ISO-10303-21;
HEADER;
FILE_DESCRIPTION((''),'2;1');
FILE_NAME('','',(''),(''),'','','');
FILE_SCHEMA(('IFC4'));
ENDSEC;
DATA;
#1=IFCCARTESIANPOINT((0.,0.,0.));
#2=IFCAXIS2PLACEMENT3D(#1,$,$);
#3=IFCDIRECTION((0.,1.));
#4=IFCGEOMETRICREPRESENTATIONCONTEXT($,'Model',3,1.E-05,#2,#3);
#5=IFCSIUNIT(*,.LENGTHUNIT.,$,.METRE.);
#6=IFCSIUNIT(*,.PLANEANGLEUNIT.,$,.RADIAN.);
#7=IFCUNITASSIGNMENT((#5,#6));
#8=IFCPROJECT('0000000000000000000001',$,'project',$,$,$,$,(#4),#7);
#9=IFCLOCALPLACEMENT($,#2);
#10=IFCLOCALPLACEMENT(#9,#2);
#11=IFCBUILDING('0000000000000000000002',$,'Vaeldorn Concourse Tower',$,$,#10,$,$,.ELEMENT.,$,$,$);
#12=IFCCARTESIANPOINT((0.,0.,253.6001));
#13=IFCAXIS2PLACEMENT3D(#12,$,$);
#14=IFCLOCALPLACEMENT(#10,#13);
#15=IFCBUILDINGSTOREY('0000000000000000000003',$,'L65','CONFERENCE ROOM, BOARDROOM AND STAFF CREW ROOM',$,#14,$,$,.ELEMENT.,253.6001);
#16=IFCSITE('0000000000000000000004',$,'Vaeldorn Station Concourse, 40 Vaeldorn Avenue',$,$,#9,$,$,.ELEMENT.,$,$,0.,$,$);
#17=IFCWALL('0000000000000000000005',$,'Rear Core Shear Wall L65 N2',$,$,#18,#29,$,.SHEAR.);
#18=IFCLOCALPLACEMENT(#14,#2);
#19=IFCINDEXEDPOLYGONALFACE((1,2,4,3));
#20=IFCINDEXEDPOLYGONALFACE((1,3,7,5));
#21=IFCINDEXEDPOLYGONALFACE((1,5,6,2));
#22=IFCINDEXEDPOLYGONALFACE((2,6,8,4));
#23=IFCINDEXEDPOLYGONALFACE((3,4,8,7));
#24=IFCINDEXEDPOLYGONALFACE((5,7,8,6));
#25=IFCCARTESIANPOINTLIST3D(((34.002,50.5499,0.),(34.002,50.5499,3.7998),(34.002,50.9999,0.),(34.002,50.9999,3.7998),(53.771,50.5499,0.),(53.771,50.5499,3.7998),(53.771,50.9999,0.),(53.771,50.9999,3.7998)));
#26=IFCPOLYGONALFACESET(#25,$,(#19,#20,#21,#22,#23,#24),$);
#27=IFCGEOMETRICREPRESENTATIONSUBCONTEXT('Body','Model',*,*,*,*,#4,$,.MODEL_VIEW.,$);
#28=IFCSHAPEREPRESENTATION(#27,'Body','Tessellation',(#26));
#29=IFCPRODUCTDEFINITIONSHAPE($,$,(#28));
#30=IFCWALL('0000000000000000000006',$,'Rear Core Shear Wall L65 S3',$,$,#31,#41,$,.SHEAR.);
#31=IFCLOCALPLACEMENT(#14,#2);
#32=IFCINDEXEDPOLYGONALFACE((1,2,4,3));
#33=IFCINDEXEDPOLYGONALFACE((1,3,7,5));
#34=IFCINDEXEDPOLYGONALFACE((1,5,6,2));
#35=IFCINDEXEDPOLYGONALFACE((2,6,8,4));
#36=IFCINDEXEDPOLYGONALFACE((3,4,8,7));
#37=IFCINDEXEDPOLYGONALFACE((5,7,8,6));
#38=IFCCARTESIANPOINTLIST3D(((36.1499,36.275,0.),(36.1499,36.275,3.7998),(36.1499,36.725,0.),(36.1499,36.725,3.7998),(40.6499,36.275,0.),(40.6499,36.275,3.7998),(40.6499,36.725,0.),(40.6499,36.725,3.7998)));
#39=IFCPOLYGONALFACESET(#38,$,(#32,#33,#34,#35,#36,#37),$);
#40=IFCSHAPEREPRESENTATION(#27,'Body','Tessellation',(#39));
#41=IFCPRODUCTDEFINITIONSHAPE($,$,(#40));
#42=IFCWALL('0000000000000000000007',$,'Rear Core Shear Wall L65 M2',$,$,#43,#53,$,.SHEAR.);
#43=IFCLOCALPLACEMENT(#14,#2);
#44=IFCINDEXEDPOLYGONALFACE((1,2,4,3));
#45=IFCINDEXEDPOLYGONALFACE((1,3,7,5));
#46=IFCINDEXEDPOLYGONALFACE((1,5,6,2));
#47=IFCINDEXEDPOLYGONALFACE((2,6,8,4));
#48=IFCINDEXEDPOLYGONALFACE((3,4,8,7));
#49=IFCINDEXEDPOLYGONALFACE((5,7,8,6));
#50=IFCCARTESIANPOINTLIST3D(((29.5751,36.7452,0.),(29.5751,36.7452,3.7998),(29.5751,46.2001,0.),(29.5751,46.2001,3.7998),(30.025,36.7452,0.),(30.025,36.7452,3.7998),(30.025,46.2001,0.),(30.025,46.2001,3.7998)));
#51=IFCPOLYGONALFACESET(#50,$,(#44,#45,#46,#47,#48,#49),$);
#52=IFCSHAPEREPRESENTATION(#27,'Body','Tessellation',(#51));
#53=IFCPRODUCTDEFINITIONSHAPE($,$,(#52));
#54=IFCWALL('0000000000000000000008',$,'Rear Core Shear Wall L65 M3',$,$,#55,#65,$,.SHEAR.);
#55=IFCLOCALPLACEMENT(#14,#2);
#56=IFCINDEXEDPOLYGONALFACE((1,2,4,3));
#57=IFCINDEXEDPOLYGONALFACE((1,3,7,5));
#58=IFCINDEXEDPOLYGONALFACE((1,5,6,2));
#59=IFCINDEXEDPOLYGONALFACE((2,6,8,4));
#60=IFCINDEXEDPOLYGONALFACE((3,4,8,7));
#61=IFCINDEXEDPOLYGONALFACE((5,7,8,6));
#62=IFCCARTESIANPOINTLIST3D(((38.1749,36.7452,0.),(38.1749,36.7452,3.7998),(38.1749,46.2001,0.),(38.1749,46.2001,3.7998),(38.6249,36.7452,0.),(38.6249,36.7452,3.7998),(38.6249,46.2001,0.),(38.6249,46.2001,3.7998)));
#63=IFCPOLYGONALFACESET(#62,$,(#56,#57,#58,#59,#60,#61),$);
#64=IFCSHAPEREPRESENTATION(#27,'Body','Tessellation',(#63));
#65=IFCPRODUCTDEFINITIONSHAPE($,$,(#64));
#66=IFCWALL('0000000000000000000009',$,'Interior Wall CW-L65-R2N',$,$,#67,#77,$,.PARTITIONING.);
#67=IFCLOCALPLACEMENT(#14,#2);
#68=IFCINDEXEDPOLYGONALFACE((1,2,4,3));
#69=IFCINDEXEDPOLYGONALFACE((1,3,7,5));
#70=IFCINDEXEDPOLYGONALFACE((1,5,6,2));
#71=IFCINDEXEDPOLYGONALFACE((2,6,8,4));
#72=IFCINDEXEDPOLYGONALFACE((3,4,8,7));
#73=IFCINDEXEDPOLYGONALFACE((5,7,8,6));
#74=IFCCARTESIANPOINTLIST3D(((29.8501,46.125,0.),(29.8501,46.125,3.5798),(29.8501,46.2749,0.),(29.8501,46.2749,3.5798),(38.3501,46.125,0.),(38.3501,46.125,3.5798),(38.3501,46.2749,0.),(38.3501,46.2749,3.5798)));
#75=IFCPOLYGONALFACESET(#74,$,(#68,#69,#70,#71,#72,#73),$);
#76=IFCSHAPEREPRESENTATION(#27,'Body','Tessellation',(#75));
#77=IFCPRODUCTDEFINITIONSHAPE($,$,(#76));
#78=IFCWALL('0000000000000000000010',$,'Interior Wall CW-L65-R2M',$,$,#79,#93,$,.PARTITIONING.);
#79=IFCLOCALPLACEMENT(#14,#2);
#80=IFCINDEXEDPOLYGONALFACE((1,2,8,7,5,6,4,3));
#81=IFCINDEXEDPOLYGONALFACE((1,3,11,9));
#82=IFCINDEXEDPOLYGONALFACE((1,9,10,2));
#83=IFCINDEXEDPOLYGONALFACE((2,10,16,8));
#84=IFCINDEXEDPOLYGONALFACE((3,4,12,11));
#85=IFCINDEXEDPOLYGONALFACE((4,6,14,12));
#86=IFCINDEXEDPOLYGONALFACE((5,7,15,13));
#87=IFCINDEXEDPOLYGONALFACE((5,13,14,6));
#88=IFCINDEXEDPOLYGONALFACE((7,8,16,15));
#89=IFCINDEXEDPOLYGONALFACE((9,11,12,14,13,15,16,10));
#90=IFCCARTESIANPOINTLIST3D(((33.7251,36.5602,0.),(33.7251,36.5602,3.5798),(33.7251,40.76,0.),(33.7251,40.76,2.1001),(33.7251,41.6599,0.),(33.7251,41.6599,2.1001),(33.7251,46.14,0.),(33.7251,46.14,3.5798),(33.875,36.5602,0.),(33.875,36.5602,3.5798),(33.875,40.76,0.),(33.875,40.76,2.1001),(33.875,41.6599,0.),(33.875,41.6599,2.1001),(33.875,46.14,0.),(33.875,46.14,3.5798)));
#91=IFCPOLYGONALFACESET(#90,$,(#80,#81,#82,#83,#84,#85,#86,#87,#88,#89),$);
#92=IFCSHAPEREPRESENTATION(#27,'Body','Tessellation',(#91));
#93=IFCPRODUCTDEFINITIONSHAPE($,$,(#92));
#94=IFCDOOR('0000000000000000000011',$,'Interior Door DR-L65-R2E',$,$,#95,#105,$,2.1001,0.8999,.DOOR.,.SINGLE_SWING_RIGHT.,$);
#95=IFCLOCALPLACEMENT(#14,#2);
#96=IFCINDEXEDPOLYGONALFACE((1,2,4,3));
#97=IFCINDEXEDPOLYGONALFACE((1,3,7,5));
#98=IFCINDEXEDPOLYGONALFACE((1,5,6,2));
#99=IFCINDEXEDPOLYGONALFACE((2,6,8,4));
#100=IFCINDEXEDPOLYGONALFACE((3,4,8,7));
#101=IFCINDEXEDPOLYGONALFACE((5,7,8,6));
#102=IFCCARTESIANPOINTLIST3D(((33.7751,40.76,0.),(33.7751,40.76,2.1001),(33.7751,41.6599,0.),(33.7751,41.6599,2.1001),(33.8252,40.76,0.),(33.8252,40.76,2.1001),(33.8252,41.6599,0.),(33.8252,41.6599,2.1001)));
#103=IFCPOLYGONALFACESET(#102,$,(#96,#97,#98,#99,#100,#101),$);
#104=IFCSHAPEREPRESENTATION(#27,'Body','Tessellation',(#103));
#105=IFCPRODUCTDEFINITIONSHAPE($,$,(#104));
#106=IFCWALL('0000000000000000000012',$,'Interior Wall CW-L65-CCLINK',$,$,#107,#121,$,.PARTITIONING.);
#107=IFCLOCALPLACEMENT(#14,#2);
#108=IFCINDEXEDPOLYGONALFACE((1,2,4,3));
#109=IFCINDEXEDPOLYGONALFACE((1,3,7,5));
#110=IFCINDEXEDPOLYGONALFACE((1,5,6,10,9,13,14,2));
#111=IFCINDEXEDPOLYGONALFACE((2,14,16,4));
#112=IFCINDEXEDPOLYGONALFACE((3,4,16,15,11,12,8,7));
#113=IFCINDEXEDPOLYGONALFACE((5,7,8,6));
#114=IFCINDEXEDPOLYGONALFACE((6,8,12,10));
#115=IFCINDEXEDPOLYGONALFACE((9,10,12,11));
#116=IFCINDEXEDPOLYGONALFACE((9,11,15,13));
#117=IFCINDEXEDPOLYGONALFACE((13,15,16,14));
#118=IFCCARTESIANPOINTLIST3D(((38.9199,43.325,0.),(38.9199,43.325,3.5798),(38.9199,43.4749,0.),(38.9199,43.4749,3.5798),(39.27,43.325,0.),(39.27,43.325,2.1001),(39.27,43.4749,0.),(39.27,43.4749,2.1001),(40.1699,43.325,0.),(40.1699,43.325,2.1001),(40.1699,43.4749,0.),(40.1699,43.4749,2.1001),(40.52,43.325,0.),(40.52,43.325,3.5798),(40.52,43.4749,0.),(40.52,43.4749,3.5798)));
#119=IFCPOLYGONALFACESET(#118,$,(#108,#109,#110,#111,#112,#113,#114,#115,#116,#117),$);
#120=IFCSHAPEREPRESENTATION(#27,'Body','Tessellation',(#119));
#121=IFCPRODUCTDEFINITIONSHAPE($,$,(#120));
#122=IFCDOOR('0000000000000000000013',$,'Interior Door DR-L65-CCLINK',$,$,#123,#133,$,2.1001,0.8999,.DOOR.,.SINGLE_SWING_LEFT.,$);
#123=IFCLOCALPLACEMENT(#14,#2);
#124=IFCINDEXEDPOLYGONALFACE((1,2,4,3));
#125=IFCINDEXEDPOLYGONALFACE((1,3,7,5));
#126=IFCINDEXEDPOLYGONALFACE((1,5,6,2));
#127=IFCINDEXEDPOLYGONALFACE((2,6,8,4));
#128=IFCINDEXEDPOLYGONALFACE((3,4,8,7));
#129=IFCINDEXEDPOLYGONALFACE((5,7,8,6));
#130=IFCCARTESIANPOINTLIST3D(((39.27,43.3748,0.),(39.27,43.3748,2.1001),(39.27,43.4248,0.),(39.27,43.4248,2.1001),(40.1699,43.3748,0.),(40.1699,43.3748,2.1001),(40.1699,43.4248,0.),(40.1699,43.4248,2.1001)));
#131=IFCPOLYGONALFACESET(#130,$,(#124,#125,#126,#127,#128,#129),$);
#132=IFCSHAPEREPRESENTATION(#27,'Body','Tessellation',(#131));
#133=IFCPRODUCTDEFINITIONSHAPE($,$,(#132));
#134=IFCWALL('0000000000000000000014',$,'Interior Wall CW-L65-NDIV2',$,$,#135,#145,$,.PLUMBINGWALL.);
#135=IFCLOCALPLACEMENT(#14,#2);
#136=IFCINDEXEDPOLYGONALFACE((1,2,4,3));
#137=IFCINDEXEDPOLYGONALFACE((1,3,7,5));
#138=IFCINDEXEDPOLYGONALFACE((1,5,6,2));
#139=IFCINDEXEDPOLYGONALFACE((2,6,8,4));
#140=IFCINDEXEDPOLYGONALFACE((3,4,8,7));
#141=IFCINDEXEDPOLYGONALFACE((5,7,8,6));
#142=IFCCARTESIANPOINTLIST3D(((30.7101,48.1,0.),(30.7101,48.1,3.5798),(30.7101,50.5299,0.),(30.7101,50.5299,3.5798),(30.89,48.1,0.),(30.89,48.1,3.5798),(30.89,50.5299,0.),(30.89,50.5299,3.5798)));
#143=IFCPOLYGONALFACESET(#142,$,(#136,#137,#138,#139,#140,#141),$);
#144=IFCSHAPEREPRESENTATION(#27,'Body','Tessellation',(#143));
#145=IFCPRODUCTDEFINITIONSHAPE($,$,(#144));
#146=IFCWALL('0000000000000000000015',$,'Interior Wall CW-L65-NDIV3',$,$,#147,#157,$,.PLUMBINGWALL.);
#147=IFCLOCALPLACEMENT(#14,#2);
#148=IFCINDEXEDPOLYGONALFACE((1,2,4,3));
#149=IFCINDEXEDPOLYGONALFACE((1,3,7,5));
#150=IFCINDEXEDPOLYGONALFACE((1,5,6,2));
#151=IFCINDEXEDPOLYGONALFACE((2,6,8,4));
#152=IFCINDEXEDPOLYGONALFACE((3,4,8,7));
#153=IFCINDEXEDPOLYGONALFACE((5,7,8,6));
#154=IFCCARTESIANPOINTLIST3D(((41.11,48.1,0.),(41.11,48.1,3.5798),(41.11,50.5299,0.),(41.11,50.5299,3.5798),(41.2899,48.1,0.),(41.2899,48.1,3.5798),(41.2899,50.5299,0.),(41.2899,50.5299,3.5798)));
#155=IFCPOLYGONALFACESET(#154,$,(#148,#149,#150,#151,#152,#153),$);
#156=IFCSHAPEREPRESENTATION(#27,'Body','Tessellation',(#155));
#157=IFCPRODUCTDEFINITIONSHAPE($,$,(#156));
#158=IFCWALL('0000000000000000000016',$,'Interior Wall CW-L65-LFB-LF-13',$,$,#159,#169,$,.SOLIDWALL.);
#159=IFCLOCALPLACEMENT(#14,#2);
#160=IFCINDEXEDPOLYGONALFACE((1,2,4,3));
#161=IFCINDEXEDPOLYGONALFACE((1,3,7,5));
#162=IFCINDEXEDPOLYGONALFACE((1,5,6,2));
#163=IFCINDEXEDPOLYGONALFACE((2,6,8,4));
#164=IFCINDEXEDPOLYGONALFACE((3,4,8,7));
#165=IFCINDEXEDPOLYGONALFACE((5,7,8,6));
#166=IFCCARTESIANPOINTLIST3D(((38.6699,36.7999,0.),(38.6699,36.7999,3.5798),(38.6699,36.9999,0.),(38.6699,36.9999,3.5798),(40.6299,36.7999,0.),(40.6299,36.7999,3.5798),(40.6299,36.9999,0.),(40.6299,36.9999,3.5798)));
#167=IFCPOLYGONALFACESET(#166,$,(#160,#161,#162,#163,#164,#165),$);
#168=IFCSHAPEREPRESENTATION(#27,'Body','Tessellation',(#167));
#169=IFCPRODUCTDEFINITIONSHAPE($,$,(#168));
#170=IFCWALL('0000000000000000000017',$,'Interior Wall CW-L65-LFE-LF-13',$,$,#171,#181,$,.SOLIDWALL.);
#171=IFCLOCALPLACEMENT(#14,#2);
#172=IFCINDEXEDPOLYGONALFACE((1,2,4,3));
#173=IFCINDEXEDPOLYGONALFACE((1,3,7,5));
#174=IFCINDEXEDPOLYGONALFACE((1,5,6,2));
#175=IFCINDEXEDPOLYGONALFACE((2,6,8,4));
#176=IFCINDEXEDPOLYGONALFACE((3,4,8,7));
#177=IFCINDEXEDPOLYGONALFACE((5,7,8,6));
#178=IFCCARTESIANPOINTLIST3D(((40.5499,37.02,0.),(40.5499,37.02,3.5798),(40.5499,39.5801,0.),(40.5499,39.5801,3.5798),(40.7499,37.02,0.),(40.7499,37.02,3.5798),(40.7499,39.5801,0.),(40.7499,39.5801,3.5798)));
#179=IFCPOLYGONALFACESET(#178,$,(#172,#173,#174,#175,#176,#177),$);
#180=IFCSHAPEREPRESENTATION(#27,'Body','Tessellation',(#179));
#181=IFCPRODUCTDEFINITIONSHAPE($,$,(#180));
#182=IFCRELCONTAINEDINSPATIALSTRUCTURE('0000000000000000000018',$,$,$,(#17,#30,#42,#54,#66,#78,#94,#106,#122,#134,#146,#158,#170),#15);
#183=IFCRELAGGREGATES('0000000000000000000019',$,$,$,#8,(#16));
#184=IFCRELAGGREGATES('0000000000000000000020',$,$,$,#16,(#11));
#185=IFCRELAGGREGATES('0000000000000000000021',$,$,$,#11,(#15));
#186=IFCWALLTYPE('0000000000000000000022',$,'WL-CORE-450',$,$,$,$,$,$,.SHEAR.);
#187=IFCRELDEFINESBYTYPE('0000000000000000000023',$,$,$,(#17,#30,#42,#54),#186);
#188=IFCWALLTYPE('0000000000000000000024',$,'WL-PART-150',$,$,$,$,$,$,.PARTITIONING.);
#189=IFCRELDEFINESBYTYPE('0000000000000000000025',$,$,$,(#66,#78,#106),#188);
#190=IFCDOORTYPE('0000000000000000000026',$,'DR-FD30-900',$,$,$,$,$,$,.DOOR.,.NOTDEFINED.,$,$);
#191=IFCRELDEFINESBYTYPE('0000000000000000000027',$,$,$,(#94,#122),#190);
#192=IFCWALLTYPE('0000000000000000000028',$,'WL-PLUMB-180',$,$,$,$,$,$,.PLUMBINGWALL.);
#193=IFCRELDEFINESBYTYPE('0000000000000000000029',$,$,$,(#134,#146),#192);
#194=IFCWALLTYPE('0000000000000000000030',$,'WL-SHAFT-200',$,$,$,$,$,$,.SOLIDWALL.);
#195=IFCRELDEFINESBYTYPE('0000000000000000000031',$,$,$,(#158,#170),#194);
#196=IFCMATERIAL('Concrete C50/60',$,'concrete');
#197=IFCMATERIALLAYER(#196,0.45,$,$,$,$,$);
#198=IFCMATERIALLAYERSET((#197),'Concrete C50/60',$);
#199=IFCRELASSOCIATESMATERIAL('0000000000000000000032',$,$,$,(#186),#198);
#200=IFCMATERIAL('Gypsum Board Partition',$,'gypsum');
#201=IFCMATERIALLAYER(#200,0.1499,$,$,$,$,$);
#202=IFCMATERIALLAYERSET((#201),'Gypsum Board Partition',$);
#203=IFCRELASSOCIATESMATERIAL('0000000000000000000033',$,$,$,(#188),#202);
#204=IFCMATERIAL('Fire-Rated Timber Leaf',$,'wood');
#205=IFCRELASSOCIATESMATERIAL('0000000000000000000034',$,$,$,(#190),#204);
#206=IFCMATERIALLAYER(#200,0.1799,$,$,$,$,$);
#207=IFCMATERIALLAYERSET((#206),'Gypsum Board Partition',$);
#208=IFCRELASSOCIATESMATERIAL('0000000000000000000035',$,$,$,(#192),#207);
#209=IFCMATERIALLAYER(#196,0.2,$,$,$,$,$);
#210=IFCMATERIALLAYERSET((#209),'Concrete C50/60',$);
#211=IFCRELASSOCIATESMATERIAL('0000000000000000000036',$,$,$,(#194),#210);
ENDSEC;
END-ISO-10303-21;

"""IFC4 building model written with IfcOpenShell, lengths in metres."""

from ifc_helpers import new_model, si_unit, direction, frame, frame_2d, origin, place, context, subcontext, project, spatial, rectangle, extrude, source, transform, mapped, material, layer, layer_set, type_object, element, fill, save


model = new_model("IFC4")

# Units and contexts
model_context = context("Model", 3, precision=1e-05, world=origin(), true_north=direction((0.0, 1.0)))
body_context = subcontext(model_context, "Body", "Model", "MODEL_VIEW")
ifc_project = project(units=[si_unit("LENGTHUNIT", "METRE"), si_unit("PLANEANGLEUNIT", "RADIAN")], contexts=[model_context])

# Site, building, storey
site_placement = place(None, origin())
site = spatial("IfcSite", under=ifc_project, at=site_placement, Name="Vaeldorn Station Concourse, 40 Vaeldorn Avenue", CompositionType="ELEMENT", RefElevation=0.0)
building_placement = place(site_placement, origin())
building = spatial("IfcBuilding", under=site, at=building_placement, Name="Vaeldorn Concourse Tower", CompositionType="ELEMENT")
storey_placement = place(building_placement, frame((0.0, 0.0, 253.6001)))
storey = spatial("IfcBuildingStorey", under=building, at=storey_placement, Name="L65", Description="CONFERENCE ROOM, BOARDROOM AND STAFF CREW ROOM", CompositionType="ELEMENT", Elevation=253.6001)

# Walls
ifc_material_1 = material(Name="Concrete C50/60", Category="concrete")
ifc_layer_1 = layer(ifc_material_1, 0.45)
ifc_layer_set_1 = layer_set([ifc_layer_1], Name="Concrete C50/60")
wall_type_1 = type_object("IfcWallType", Name="WL-CORE-450", PredefinedType="SHEAR", material=ifc_layer_set_1)
wall_1_placement = place(storey_placement, frame((34.002, 50.7749, 0.0), z_axis=(0.0, 0.0, 1.0), x_axis=(1.0, 0.0, 0.0)))
element("IfcWall", 1, at=wall_1_placement, inside=storey, type_object=wall_type_1, Name="Rear Core Shear Wall L65 N2", PredefinedType="SHEAR", context=body_context, shape_type="SweptSolid", body=[
    extrude(rectangle(XDim=19.769, YDim=0.45, at=frame_2d((9.8845, 0.0))), origin(), (0.0, 0.0, 1.0), 3.7998),
])
wall_2_placement = place(storey_placement, frame((36.1499, 36.5, 0.0), z_axis=(0.0, 0.0, 1.0), x_axis=(1.0, 0.0, 0.0)))
element("IfcWall", 2, at=wall_2_placement, inside=storey, type_object=wall_type_1, Name="Rear Core Shear Wall L65 S3", PredefinedType="SHEAR", context=body_context, shape_type="SweptSolid", body=[
    extrude(rectangle(XDim=4.5, YDim=0.45, at=frame_2d((2.25, 0.0))), origin(), (0.0, 0.0, 1.0), 3.7998),
])
for number, where, z_axis, x_axis, name in (
    (3, (29.8, 36.7451, 0.0), (0.0, 0.0, 1.0), (0.0, 1.0, 0.0), "Rear Core Shear Wall L65 M2"),
    (4, (38.3999, 36.7451, 0.0), (0.0, 0.0, 1.0), (0.0, 1.0, 0.0), "Rear Core Shear Wall L65 M3"),
):
    element("IfcWall", number, at=place(storey_placement, frame(where, z_axis=z_axis, x_axis=x_axis)), inside=storey, type_object=wall_type_1, Name=name, PredefinedType="SHEAR", context=body_context, shape_type="SweptSolid", body=[
        extrude(rectangle(XDim=9.4548, YDim=0.45, at=frame_2d((4.7275, 0.0))), origin(), (0.0, 0.0, 1.0), 3.7998),
    ])
ifc_material_2 = material(Name="Gypsum Board Partition", Category="gypsum")
ifc_layer_2 = layer(ifc_material_2, 0.1499)
ifc_layer_set_2 = layer_set([ifc_layer_2], Name="Gypsum Board Partition")
wall_type_2 = type_object("IfcWallType", Name="WL-PART-150", PredefinedType="PARTITIONING", material=ifc_layer_set_2)
wall_3_placement = place(storey_placement, frame((29.8501, 46.2, 0.0), z_axis=(0.0, 0.0, 1.0), x_axis=(1.0, 0.0, 0.0)))
element("IfcWall", 5, at=wall_3_placement, inside=storey, type_object=wall_type_2, Name="Interior Wall CW-L65-R2N", PredefinedType="PARTITIONING", context=body_context, shape_type="SweptSolid", body=[
    extrude(rectangle(XDim=8.5, YDim=0.1499, at=frame_2d((4.25, 0.0))), origin(), (0.0, 0.0, 1.0), 3.5798),
])

# Walls, openings, doors
wall_4_placement = place(storey_placement, frame((33.8, 36.5601, 0.0), z_axis=(0.0, 0.0, 1.0), x_axis=(0.0, 1.0, 0.0)))
wall_4 = element("IfcWall", 6, at=wall_4_placement, inside=storey, type_object=wall_type_2, Name="Interior Wall CW-L65-R2M", PredefinedType="PARTITIONING", context=body_context, shape_type="SweptSolid", body=[
    extrude(rectangle(XDim=9.5798, YDim=0.1499, at=frame_2d((4.79, 0.0))), origin(), (0.0, 0.0, 1.0), 3.5798),
])
opening_1_placement = place(wall_4_placement, frame((4.2, 0.0, 0.0)))
opening_1 = element("IfcOpeningElement", 7, at=opening_1_placement, cuts=wall_4, PredefinedType="OPENING", context=body_context, shape_type="SweptSolid", body=[
    extrude(rectangle(XDim=0.8999, YDim=2.1001, at=frame_2d((0.45, 1.05))), frame((0.0, 0.085, 0.0), z_axis=(0.0, -1.0, 0.0), x_axis=(1.0, 0.0, 0.0)), (0.0, 0.0, 1.0), 0.1699),
])
ifc_material_3 = material(Name="Fire-Rated Timber Leaf", Category="wood")
door_type_1 = type_object("IfcDoorType", Name="DR-FD30-900", OperationType="NOTDEFINED", PredefinedType="DOOR", material=ifc_material_3)
shared_shape_1 = source(origin(), body_context, "Body", "SweptSolid", [
    extrude(rectangle(XDim=0.8999, YDim=2.1001, at=frame_2d((0.45, 1.05))), frame((0.0, 0.0249, 0.0), z_axis=(0.0, -1.0, 0.0), x_axis=(1.0, 0.0, 0.0)), (0.0, 0.0, 1.0), 0.05),
])
door_1_placement = place(opening_1_placement, origin())
door_1 = element("IfcDoor", 8, at=door_1_placement, inside=storey, type_object=door_type_1, Name="Interior Door DR-L65-R2E", OperationType="SINGLE_SWING_RIGHT", OverallHeight=2.1001, OverallWidth=0.8999, PredefinedType="DOOR", context=body_context, shape_type="MappedRepresentation", body=[
    mapped(shared_shape_1, transform((0.0, 0.0, 0.0), scale=1.0)),
])
fill(opening_1, door_1)
wall_5_placement = place(storey_placement, frame((38.9199, 43.3999, 0.0), z_axis=(0.0, 0.0, 1.0), x_axis=(1.0, 0.0, 0.0)))
wall_5 = element("IfcWall", 9, at=wall_5_placement, inside=storey, type_object=wall_type_2, Name="Interior Wall CW-L65-CCLINK", PredefinedType="PARTITIONING", context=body_context, shape_type="SweptSolid", body=[
    extrude(rectangle(XDim=1.6001, YDim=0.1499, at=frame_2d((0.8, 0.0))), origin(), (0.0, 0.0, 1.0), 3.5798),
])
opening_2_placement = place(wall_5_placement, frame((0.3501, 0.0, 0.0)))
opening_2 = element("IfcOpeningElement", 10, at=opening_2_placement, cuts=wall_5, PredefinedType="OPENING", context=body_context, shape_type="SweptSolid", body=[
    extrude(rectangle(XDim=0.8999, YDim=2.1001, at=frame_2d((0.45, 1.05))), frame((0.0, 0.085, 0.0), z_axis=(0.0, -1.0, 0.0), x_axis=(1.0, 0.0, 0.0)), (0.0, 0.0, 1.0), 0.1699),
])
door_2_placement = place(opening_2_placement, origin())
door_2 = element("IfcDoor", 11, at=door_2_placement, inside=storey, type_object=door_type_1, Name="Interior Door DR-L65-CCLINK", OperationType="SINGLE_SWING_LEFT", OverallHeight=2.1001, OverallWidth=0.8999, PredefinedType="DOOR", context=body_context, shape_type="MappedRepresentation", body=[
    mapped(shared_shape_1, transform((0.0, 0.0, 0.0), scale=1.0)),
])
fill(opening_2, door_2)

# Walls
ifc_layer_3 = layer(ifc_material_2, 0.1799)
ifc_layer_set_3 = layer_set([ifc_layer_3], Name="Gypsum Board Partition")
wall_type_3 = type_object("IfcWallType", Name="WL-PLUMB-180", PredefinedType="PLUMBINGWALL", material=ifc_layer_set_3)
for number, where, z_axis, x_axis, name in (
    (12, (30.8, 48.1001, 0.0), (0.0, 0.0, 1.0), (0.0, 1.0, 0.0), "Interior Wall CW-L65-NDIV2"),
    (13, (41.2, 48.1001, 0.0), (0.0, 0.0, 1.0), (0.0, 1.0, 0.0), "Interior Wall CW-L65-NDIV3"),
):
    element("IfcWall", number, at=place(storey_placement, frame(where, z_axis=z_axis, x_axis=x_axis)), inside=storey, type_object=wall_type_3, Name=name, PredefinedType="PLUMBINGWALL", context=body_context, shape_type="SweptSolid", body=[
        extrude(rectangle(XDim=2.4299, YDim=0.1799, at=frame_2d((1.2148, 0.0))), origin(), (0.0, 0.0, 1.0), 3.5798),
    ])

# Shared definitions
ifc_layer_4 = layer(ifc_material_1, 0.2)
ifc_layer_set_4 = layer_set([ifc_layer_4], Name="Concrete C50/60")
wall_type_4 = type_object("IfcWallType", Name="WL-SHAFT-200", PredefinedType="SOLIDWALL", material=ifc_layer_set_4)

# Walls
wall_6_placement = place(storey_placement, frame((38.6699, 36.8999, 0.0), z_axis=(0.0, 0.0, 1.0), x_axis=(1.0, 0.0, 0.0)))
element("IfcWall", 14, at=wall_6_placement, inside=storey, type_object=wall_type_4, Name="Interior Wall CW-L65-LFB-LF-13", PredefinedType="SOLIDWALL", context=body_context, shape_type="SweptSolid", body=[
    extrude(rectangle(XDim=1.96, YDim=0.2, at=frame_2d((0.98, 0.0))), origin(), (0.0, 0.0, 1.0), 3.5798),
])
wall_7_placement = place(storey_placement, frame((40.6499, 37.02, 0.0), z_axis=(0.0, 0.0, 1.0), x_axis=(0.0, 1.0, 0.0)))
element("IfcWall", 15, at=wall_7_placement, inside=storey, type_object=wall_type_4, Name="Interior Wall CW-L65-LFE-LF-13", PredefinedType="SOLIDWALL", context=body_context, shape_type="SweptSolid", body=[
    extrude(rectangle(XDim=2.5601, YDim=0.2, at=frame_2d((1.28, 0.0))), origin(), (0.0, 0.0, 1.0), 3.5798),
])

save(model, "model.ifc")
